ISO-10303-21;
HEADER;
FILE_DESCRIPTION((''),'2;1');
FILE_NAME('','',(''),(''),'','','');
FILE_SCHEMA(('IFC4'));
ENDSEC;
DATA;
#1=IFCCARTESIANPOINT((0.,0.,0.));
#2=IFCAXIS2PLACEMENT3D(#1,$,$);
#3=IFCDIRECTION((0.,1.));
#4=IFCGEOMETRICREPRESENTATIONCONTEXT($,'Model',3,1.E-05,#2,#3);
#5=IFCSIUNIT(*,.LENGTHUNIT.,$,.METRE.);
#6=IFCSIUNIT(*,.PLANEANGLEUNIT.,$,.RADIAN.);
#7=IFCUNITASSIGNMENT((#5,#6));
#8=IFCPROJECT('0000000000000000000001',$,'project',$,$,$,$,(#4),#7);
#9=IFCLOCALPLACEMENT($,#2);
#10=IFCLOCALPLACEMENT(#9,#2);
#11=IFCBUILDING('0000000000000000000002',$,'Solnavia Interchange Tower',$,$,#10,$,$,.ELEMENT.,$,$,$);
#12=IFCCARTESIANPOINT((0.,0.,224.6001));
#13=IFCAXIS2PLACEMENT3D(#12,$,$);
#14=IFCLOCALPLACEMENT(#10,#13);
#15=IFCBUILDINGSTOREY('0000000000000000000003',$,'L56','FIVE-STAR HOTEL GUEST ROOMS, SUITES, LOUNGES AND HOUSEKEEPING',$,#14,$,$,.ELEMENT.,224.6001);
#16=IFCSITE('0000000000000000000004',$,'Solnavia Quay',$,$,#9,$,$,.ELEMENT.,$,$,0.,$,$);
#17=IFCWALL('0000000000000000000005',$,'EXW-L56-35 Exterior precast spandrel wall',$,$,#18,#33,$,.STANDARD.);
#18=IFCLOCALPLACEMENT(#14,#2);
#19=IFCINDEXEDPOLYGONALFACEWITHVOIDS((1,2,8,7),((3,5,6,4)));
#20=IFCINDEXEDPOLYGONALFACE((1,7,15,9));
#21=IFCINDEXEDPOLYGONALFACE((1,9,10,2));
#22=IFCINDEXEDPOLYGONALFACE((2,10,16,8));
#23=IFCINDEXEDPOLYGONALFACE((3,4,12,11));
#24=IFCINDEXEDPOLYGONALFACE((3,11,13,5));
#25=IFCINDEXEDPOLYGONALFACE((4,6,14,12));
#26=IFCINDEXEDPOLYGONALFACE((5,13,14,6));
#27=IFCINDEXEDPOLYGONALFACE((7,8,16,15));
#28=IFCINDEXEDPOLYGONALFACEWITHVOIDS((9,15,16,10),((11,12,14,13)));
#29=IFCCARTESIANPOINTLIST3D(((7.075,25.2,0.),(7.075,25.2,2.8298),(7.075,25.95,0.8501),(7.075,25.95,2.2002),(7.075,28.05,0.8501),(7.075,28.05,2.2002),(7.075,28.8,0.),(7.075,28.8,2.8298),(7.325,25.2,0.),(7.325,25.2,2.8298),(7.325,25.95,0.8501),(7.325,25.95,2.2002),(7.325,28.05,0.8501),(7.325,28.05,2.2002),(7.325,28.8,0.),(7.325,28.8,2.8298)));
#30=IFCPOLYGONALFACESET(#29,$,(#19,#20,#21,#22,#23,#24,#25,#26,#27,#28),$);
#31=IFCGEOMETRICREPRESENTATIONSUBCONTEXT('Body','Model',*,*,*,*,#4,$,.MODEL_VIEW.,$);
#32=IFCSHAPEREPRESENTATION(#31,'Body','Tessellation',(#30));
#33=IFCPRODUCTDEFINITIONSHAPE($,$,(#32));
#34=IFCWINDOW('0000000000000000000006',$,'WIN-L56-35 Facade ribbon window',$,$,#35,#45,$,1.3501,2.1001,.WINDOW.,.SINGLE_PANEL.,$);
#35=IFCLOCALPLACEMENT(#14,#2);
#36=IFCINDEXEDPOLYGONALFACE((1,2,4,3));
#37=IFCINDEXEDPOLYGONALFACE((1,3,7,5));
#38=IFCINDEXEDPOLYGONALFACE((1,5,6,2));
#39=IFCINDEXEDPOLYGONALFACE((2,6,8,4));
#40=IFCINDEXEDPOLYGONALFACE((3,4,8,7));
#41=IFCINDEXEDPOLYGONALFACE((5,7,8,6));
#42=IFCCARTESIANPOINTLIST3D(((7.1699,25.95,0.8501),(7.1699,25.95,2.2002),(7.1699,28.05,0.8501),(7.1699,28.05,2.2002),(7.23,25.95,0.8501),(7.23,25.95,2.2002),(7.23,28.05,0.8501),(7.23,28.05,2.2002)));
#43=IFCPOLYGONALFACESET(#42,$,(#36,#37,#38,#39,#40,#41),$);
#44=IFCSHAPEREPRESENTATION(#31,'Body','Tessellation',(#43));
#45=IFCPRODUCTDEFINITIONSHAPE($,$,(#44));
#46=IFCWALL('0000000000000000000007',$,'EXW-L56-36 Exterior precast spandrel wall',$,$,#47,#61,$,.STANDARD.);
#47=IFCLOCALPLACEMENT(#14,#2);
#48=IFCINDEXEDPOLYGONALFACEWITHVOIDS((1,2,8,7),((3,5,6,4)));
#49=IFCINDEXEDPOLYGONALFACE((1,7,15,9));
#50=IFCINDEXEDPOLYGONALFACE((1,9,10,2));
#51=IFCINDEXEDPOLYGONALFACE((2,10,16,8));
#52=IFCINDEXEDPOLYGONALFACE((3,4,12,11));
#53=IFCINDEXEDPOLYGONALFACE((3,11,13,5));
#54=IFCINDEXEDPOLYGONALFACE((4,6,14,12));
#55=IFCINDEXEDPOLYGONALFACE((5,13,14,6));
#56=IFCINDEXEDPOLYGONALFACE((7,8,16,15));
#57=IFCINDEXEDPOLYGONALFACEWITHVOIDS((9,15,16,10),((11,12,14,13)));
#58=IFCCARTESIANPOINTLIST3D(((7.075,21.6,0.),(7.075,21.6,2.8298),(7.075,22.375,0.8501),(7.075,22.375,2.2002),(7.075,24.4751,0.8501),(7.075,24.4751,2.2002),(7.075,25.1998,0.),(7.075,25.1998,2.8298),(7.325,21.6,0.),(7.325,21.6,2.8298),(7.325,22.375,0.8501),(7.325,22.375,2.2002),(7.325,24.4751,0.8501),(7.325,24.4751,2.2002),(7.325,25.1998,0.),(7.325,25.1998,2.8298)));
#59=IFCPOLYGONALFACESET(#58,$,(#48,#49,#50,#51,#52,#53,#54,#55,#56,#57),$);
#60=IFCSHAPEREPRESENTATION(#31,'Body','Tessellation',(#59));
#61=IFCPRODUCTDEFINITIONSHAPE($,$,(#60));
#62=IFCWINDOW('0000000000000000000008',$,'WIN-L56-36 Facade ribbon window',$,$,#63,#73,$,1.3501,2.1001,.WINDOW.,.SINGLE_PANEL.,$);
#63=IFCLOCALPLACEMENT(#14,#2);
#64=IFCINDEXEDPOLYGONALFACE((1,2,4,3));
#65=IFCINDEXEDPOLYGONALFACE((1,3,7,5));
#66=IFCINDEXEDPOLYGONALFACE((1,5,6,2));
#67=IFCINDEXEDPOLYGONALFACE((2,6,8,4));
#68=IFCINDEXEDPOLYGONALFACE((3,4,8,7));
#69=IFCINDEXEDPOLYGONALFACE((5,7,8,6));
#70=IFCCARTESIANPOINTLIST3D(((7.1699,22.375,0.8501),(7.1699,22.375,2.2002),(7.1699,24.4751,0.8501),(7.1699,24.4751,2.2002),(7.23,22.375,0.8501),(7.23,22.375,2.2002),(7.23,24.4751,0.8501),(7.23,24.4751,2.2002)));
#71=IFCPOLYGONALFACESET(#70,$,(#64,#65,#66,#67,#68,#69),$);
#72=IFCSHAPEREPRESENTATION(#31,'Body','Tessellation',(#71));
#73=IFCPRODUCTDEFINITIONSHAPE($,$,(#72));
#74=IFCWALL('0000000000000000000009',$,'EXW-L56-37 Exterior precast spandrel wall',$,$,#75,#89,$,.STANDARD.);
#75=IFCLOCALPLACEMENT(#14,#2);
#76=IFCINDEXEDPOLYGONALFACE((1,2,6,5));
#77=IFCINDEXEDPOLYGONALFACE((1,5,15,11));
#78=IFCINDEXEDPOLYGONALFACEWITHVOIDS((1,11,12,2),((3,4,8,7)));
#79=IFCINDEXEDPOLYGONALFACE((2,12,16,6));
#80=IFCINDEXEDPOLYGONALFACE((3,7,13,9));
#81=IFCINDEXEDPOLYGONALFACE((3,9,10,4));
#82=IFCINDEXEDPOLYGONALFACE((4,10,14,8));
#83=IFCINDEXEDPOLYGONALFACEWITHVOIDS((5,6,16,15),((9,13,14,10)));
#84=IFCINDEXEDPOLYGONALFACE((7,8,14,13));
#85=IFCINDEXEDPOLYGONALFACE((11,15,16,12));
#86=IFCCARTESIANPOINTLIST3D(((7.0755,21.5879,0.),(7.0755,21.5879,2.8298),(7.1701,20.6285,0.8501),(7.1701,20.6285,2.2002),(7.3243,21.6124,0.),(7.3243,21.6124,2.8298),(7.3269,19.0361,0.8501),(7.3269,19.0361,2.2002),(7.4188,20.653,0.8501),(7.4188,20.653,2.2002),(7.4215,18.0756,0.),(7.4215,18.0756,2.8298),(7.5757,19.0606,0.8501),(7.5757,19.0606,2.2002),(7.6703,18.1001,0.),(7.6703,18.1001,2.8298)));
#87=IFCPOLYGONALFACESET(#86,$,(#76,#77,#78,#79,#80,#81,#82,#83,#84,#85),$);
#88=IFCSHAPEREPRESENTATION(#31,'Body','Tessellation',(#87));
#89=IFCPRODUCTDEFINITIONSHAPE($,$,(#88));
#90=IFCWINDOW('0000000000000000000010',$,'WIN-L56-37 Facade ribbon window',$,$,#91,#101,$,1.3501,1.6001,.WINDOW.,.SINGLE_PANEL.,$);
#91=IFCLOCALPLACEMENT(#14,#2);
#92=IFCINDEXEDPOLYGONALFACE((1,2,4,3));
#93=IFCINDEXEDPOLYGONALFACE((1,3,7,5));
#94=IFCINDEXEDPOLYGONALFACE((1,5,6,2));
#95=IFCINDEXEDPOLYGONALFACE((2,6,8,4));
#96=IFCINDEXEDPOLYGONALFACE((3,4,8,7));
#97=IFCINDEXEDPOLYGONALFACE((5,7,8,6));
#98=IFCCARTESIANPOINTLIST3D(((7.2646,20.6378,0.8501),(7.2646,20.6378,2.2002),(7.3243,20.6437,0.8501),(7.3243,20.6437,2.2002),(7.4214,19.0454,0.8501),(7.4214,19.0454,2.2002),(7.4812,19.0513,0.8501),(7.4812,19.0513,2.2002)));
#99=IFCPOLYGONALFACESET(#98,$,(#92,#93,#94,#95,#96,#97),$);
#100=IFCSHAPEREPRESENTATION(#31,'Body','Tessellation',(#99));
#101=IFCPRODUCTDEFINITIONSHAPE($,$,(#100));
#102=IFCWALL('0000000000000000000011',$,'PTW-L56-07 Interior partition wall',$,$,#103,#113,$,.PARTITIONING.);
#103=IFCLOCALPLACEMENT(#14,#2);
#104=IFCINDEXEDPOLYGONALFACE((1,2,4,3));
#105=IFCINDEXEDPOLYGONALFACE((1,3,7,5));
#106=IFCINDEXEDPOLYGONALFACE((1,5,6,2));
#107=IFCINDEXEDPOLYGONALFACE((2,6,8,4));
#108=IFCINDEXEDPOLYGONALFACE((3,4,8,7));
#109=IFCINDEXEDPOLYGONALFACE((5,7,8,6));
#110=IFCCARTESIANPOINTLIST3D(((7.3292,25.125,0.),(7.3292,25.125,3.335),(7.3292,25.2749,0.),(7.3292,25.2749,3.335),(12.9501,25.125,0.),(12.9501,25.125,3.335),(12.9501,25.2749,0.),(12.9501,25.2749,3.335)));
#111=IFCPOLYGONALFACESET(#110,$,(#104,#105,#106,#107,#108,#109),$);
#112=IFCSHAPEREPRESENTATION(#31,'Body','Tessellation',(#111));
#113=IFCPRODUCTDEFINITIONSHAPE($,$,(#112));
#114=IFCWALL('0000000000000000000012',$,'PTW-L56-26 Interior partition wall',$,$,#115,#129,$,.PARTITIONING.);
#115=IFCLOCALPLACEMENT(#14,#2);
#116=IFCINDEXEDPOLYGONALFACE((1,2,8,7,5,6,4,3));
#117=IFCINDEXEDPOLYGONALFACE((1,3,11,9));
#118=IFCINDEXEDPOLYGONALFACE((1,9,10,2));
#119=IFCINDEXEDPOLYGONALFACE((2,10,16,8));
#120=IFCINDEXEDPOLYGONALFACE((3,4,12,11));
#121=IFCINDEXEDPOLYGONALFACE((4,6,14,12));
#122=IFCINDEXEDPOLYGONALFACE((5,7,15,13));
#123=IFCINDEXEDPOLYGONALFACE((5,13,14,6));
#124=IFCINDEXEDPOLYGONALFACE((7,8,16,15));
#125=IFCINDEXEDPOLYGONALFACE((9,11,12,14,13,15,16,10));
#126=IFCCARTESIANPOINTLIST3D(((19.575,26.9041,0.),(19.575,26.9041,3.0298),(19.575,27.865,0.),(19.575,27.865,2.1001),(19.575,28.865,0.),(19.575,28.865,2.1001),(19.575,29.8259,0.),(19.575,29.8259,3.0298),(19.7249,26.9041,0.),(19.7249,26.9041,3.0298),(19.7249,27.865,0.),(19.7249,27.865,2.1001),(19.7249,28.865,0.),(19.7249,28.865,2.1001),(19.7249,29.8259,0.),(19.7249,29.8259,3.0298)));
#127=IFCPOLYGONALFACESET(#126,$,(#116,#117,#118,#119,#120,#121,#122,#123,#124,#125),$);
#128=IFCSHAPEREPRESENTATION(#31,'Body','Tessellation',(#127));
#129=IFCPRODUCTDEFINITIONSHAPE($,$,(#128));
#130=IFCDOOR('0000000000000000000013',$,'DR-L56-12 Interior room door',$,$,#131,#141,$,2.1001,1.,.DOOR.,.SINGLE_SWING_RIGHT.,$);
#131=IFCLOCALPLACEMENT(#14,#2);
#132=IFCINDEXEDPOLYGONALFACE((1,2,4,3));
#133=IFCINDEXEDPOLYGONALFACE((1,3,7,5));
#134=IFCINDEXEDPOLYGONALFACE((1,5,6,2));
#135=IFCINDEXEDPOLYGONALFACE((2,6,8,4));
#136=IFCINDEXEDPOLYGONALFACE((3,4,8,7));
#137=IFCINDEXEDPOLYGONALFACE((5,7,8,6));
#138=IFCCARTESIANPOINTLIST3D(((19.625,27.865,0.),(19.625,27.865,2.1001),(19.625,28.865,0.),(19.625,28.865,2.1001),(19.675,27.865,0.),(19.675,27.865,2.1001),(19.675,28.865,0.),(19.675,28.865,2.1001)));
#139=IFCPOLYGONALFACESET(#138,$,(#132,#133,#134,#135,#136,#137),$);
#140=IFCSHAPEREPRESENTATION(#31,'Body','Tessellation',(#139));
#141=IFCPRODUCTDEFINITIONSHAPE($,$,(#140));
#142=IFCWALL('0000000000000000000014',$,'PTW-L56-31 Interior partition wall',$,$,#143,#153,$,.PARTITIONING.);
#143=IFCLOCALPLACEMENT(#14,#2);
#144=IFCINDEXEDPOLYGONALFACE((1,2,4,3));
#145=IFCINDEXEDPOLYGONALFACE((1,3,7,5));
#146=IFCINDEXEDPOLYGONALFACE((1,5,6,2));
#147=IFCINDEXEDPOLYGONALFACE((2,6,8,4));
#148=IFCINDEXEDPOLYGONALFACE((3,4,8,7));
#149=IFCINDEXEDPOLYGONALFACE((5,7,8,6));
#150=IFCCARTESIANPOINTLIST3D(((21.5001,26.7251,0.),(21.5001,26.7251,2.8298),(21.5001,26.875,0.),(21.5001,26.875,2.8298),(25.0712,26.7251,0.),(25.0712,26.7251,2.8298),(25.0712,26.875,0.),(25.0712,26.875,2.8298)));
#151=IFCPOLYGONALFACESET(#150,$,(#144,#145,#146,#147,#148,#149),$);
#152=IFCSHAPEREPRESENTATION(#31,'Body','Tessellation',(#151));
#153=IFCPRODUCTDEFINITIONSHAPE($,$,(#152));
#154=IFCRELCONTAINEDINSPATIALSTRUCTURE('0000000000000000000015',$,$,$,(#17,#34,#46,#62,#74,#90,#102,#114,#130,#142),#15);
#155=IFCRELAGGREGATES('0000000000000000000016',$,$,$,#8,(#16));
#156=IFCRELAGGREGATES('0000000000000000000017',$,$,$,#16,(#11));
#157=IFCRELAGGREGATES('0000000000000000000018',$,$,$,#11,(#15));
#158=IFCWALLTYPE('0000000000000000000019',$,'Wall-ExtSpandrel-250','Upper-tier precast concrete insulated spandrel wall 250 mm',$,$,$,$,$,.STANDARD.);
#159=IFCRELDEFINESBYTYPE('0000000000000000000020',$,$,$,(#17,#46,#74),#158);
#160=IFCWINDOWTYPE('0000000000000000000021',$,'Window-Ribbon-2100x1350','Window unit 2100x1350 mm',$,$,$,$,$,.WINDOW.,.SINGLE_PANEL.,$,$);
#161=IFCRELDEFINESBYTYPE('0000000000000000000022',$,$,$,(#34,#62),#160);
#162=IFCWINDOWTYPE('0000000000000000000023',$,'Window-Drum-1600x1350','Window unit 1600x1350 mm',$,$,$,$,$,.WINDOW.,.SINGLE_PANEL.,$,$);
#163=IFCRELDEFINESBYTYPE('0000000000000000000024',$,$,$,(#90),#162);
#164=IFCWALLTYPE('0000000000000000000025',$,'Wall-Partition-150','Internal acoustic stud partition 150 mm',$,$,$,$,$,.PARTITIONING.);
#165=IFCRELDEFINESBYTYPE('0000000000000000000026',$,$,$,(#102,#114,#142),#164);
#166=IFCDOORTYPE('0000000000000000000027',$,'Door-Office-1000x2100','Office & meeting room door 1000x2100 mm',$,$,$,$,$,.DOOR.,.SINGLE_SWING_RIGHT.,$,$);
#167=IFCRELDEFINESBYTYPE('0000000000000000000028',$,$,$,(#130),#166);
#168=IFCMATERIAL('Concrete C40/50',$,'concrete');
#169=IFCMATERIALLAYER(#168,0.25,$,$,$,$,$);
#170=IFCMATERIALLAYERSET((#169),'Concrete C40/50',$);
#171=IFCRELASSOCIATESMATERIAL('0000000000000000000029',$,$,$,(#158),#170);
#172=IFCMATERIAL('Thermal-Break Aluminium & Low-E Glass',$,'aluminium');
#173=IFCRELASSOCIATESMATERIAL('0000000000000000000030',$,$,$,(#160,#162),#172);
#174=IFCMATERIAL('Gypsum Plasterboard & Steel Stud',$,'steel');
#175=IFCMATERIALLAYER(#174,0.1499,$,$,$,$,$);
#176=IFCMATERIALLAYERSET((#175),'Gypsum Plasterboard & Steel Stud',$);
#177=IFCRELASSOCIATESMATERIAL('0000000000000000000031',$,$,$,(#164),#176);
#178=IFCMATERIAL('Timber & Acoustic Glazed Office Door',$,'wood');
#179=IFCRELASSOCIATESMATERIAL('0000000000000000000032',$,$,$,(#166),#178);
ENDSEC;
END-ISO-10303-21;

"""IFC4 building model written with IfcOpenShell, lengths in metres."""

from ifc_helpers import new_model, si_unit, direction, frame, frame_2d, origin, place, context, subcontext, project, spatial, rectangle, extrude, material, layer, layer_set, type_object, element, fill, save


model = new_model("IFC4")

# Units and contexts
model_context = context("Model", 3, precision=1e-05, world=origin(), true_north=direction((0.0, 1.0)))
body_context = subcontext(model_context, "Body", "Model", "MODEL_VIEW")
ifc_project = project(units=[si_unit("LENGTHUNIT", "METRE"), si_unit("PLANEANGLEUNIT", "RADIAN")], contexts=[model_context])

# Site, building, storey
site_placement = place(None, origin())
site = spatial("IfcSite", under=ifc_project, at=site_placement, Name="Solnavia Quay", CompositionType="ELEMENT", RefElevation=0.0)
building_placement = place(site_placement, origin())
building = spatial("IfcBuilding", under=site, at=building_placement, Name="Solnavia Interchange Tower", CompositionType="ELEMENT")
storey_placement = place(building_placement, frame((0.0, 0.0, 224.6001)))
storey = spatial("IfcBuildingStorey", under=building, at=storey_placement, Name="L56", Description="FIVE-STAR HOTEL GUEST ROOMS, SUITES, LOUNGES AND HOUSEKEEPING", CompositionType="ELEMENT", Elevation=224.6001)

# Walls, openings, windows
ifc_material_1 = material(Name="Concrete C40/50", Category="concrete")
ifc_layer_1 = layer(ifc_material_1, 0.25)
ifc_layer_set_1 = layer_set([ifc_layer_1], Name="Concrete C40/50")
wall_type_1 = type_object("IfcWallType", Name="Wall-ExtSpandrel-250", Description="Upper-tier precast concrete insulated spandrel wall 250 mm", PredefinedType="STANDARD", material=ifc_layer_set_1)
wall_1_placement = place(storey_placement, frame((7.2, 25.2, 0.0), z_axis=(0.0, 0.0, 1.0), x_axis=(0.0, 1.0, 0.0)))
wall_1 = element("IfcWall", 1, at=wall_1_placement, inside=storey, type_object=wall_type_1, Name="EXW-L56-35 Exterior precast spandrel wall", PredefinedType="STANDARD", context=body_context, shape_type="SweptSolid", body=[
    extrude(rectangle(XDim=3.6001, YDim=0.25, at=frame_2d((1.8, 0.0))), origin(), (0.0, 0.0, 1.0), 2.8298),
])
opening_1_placement = place(wall_1_placement, frame((0.75, 0.0, 0.8501)))
opening_1 = element("IfcOpeningElement", 2, at=opening_1_placement, cuts=wall_1, PredefinedType="OPENING", context=body_context, shape_type="SweptSolid", body=[
    extrude(rectangle(XDim=2.1001, YDim=1.3501, at=frame_2d((1.05, 0.675))), frame((0.0, 0.135, 0.0), z_axis=(0.0, -1.0, 0.0), x_axis=(1.0, 0.0, 0.0)), (0.0, 0.0, 1.0), 0.27),
])
ifc_material_2 = material(Name="Thermal-Break Aluminium & Low-E Glass", Category="aluminium")
window_type_1 = type_object("IfcWindowType", Name="Window-Ribbon-2100x1350", Description="Window unit 2100x1350 mm", PartitioningType="SINGLE_PANEL", PredefinedType="WINDOW", material=ifc_material_2)
window_1_placement = place(opening_1_placement, origin())
window_1 = element("IfcWindow", 3, at=window_1_placement, inside=storey, type_object=window_type_1, Name="WIN-L56-35 Facade ribbon window", OverallHeight=1.3501, OverallWidth=2.1001, PartitioningType="SINGLE_PANEL", PredefinedType="WINDOW", context=body_context, shape_type="SweptSolid", body=[
    extrude(rectangle(XDim=2.1001, YDim=1.3501, at=frame_2d((1.05, 0.675))), frame((0.0, 0.03, 0.0), z_axis=(0.0, -1.0, 0.0), x_axis=(1.0, 0.0, 0.0)), (0.0, 0.0, 1.0), 0.0601),
])
fill(opening_1, window_1)
wall_2_placement = place(storey_placement, frame((7.2, 21.6001, 0.0), z_axis=(0.0, 0.0, 1.0), x_axis=(0.0, 1.0, 0.0)))
wall_2 = element("IfcWall", 4, at=wall_2_placement, inside=storey, type_object=wall_type_1, Name="EXW-L56-36 Exterior precast spandrel wall", PredefinedType="STANDARD", context=body_context, shape_type="SweptSolid", body=[
    extrude(rectangle(XDim=3.5999, YDim=0.25, at=frame_2d((1.7998, 0.0))), origin(), (0.0, 0.0, 1.0), 2.8298),
])
opening_2_placement = place(wall_2_placement, frame((0.7749, 0.0, 0.8501)))
opening_2 = element("IfcOpeningElement", 5, at=opening_2_placement, cuts=wall_2, PredefinedType="OPENING", context=body_context, shape_type="SweptSolid", body=[
    extrude(rectangle(XDim=2.1001, YDim=1.3501, at=frame_2d((1.05, 0.675))), frame((0.0, 0.135, 0.0), z_axis=(0.0, -1.0, 0.0), x_axis=(1.0, 0.0, 0.0)), (0.0, 0.0, 1.0), 0.27),
])
window_2_placement = place(opening_2_placement, origin())
window_2 = element("IfcWindow", 6, at=window_2_placement, inside=storey, type_object=window_type_1, Name="WIN-L56-36 Facade ribbon window", OverallHeight=1.3501, OverallWidth=2.1001, PartitioningType="SINGLE_PANEL", PredefinedType="WINDOW", context=body_context, shape_type="SweptSolid", body=[
    extrude(rectangle(XDim=2.1001, YDim=1.3501, at=frame_2d((1.05, 0.675))), frame((0.0, 0.03, 0.0), z_axis=(0.0, -1.0, 0.0), x_axis=(1.0, 0.0, 0.0)), (0.0, 0.0, 1.0), 0.0601),
])
fill(opening_2, window_2)
wall_3_placement = place(storey_placement, frame((7.5459, 18.0879, 0.0), z_axis=(0.0, 0.0, 1.0), x_axis=(-0.098024, 0.995184, 0.0)))
wall_3 = element("IfcWall", 7, at=wall_3_placement, inside=storey, type_object=wall_type_1, Name="EXW-L56-37 Exterior precast spandrel wall", PredefinedType="STANDARD", context=body_context, shape_type="SweptSolid", body=[
    extrude(rectangle(XDim=3.5293, YDim=0.25, at=frame_2d((1.7646, 0.0))), origin(), (0.0, 0.0, 1.0), 2.8298),
])
opening_3_placement = place(wall_3_placement, frame((0.9651, 0.0, 0.8501)))
opening_3 = element("IfcOpeningElement", 8, at=opening_3_placement, cuts=wall_3, PredefinedType="OPENING", context=body_context, shape_type="SweptSolid", body=[
    extrude(rectangle(XDim=1.6001, YDim=1.3501, at=frame_2d((0.8, 0.675))), frame((0.0, 0.135, 0.0), z_axis=(0.0, -1.0, 0.0), x_axis=(1.0, 0.0, 0.0)), (0.0, 0.0, 1.0), 0.27),
])
window_type_2 = type_object("IfcWindowType", Name="Window-Drum-1600x1350", Description="Window unit 1600x1350 mm", PartitioningType="SINGLE_PANEL", PredefinedType="WINDOW", material=ifc_material_2)
window_3_placement = place(opening_3_placement, origin())
window_3 = element("IfcWindow", 9, at=window_3_placement, inside=storey, type_object=window_type_2, Name="WIN-L56-37 Facade ribbon window", OverallHeight=1.3501, OverallWidth=1.6001, PartitioningType="SINGLE_PANEL", PredefinedType="WINDOW", context=body_context, shape_type="SweptSolid", body=[
    extrude(rectangle(XDim=1.6001, YDim=1.3501, at=frame_2d((0.8, 0.675))), frame((0.0, 0.03, 0.0), z_axis=(0.0, -1.0, 0.0), x_axis=(1.0, 0.0, 0.0)), (0.0, 0.0, 1.0), 0.0601),
])
fill(opening_3, window_3)

# Wall
ifc_material_3 = material(Name="Gypsum Plasterboard & Steel Stud", Category="steel")
ifc_layer_2 = layer(ifc_material_3, 0.1499)
ifc_layer_set_2 = layer_set([ifc_layer_2], Name="Gypsum Plasterboard & Steel Stud")
wall_type_2 = type_object("IfcWallType", Name="Wall-Partition-150", Description="Internal acoustic stud partition 150 mm", PredefinedType="PARTITIONING", material=ifc_layer_set_2)
wall_4_placement = place(storey_placement, frame((7.3291, 25.2, 0.0), z_axis=(0.0, 0.0, 1.0), x_axis=(1.0, 0.0, 0.0)))
element("IfcWall", 10, at=wall_4_placement, inside=storey, type_object=wall_type_2, Name="PTW-L56-07 Interior partition wall", PredefinedType="PARTITIONING", context=body_context, shape_type="SweptSolid", body=[
    extrude(rectangle(XDim=5.6208, YDim=0.1499, at=frame_2d((2.8105, 0.0))), origin(), (0.0, 0.0, 1.0), 3.335),
])

# Wall, opening, door
wall_5_placement = place(storey_placement, frame((19.6499, 26.9041, 0.0), z_axis=(0.0, 0.0, 1.0), x_axis=(0.0, 1.0, 0.0)))
wall_5 = element("IfcWall", 11, at=wall_5_placement, inside=storey, type_object=wall_type_2, Name="PTW-L56-26 Interior partition wall", PredefinedType="PARTITIONING", context=body_context, shape_type="SweptSolid", body=[
    extrude(rectangle(XDim=2.9219, YDim=0.1499, at=frame_2d((1.4609, 0.0))), origin(), (0.0, 0.0, 1.0), 3.0298),
])
opening_4_placement = place(wall_5_placement, frame((0.9609, 0.0, 0.0)))
opening_4 = element("IfcOpeningElement", 12, at=opening_4_placement, cuts=wall_5, PredefinedType="OPENING", context=body_context, shape_type="SweptSolid", body=[
    extrude(rectangle(XDim=1.0, YDim=2.1001, at=frame_2d((0.5, 1.05))), frame((0.0, 0.085, 0.0), z_axis=(0.0, -1.0, 0.0), x_axis=(1.0, 0.0, 0.0)), (0.0, 0.0, 1.0), 0.1699),
])
ifc_material_4 = material(Name="Timber & Acoustic Glazed Office Door", Category="wood")
door_type = type_object("IfcDoorType", Name="Door-Office-1000x2100", Description="Office & meeting room door 1000x2100 mm", OperationType="SINGLE_SWING_RIGHT", PredefinedType="DOOR", material=ifc_material_4)
door_1_placement = place(opening_4_placement, origin())
door_1 = element("IfcDoor", 13, at=door_1_placement, inside=storey, type_object=door_type, Name="DR-L56-12 Interior room door", OperationType="SINGLE_SWING_RIGHT", OverallHeight=2.1001, OverallWidth=1.0, PredefinedType="DOOR", context=body_context, shape_type="SweptSolid", body=[
    extrude(rectangle(XDim=1.0, YDim=2.1001, at=frame_2d((0.5, 1.05))), frame((0.0, 0.0249, 0.0), z_axis=(0.0, -1.0, 0.0), x_axis=(1.0, 0.0, 0.0)), (0.0, 0.0, 1.0), 0.05),
])
fill(opening_4, door_1)

# Wall
wall_6_placement = place(storey_placement, frame((21.5, 26.8, 0.0), z_axis=(0.0, 0.0, 1.0), x_axis=(1.0, 0.0, 0.0)))
element("IfcWall", 14, at=wall_6_placement, inside=storey, type_object=wall_type_2, Name="PTW-L56-31 Interior partition wall", PredefinedType="PARTITIONING", context=body_context, shape_type="SweptSolid", body=[
    extrude(rectangle(XDim=3.571, YDim=0.1499, at=frame_2d((1.7856, 0.0))), origin(), (0.0, 0.0, 1.0), 2.8298),
])

save(model, "model.ifc")
